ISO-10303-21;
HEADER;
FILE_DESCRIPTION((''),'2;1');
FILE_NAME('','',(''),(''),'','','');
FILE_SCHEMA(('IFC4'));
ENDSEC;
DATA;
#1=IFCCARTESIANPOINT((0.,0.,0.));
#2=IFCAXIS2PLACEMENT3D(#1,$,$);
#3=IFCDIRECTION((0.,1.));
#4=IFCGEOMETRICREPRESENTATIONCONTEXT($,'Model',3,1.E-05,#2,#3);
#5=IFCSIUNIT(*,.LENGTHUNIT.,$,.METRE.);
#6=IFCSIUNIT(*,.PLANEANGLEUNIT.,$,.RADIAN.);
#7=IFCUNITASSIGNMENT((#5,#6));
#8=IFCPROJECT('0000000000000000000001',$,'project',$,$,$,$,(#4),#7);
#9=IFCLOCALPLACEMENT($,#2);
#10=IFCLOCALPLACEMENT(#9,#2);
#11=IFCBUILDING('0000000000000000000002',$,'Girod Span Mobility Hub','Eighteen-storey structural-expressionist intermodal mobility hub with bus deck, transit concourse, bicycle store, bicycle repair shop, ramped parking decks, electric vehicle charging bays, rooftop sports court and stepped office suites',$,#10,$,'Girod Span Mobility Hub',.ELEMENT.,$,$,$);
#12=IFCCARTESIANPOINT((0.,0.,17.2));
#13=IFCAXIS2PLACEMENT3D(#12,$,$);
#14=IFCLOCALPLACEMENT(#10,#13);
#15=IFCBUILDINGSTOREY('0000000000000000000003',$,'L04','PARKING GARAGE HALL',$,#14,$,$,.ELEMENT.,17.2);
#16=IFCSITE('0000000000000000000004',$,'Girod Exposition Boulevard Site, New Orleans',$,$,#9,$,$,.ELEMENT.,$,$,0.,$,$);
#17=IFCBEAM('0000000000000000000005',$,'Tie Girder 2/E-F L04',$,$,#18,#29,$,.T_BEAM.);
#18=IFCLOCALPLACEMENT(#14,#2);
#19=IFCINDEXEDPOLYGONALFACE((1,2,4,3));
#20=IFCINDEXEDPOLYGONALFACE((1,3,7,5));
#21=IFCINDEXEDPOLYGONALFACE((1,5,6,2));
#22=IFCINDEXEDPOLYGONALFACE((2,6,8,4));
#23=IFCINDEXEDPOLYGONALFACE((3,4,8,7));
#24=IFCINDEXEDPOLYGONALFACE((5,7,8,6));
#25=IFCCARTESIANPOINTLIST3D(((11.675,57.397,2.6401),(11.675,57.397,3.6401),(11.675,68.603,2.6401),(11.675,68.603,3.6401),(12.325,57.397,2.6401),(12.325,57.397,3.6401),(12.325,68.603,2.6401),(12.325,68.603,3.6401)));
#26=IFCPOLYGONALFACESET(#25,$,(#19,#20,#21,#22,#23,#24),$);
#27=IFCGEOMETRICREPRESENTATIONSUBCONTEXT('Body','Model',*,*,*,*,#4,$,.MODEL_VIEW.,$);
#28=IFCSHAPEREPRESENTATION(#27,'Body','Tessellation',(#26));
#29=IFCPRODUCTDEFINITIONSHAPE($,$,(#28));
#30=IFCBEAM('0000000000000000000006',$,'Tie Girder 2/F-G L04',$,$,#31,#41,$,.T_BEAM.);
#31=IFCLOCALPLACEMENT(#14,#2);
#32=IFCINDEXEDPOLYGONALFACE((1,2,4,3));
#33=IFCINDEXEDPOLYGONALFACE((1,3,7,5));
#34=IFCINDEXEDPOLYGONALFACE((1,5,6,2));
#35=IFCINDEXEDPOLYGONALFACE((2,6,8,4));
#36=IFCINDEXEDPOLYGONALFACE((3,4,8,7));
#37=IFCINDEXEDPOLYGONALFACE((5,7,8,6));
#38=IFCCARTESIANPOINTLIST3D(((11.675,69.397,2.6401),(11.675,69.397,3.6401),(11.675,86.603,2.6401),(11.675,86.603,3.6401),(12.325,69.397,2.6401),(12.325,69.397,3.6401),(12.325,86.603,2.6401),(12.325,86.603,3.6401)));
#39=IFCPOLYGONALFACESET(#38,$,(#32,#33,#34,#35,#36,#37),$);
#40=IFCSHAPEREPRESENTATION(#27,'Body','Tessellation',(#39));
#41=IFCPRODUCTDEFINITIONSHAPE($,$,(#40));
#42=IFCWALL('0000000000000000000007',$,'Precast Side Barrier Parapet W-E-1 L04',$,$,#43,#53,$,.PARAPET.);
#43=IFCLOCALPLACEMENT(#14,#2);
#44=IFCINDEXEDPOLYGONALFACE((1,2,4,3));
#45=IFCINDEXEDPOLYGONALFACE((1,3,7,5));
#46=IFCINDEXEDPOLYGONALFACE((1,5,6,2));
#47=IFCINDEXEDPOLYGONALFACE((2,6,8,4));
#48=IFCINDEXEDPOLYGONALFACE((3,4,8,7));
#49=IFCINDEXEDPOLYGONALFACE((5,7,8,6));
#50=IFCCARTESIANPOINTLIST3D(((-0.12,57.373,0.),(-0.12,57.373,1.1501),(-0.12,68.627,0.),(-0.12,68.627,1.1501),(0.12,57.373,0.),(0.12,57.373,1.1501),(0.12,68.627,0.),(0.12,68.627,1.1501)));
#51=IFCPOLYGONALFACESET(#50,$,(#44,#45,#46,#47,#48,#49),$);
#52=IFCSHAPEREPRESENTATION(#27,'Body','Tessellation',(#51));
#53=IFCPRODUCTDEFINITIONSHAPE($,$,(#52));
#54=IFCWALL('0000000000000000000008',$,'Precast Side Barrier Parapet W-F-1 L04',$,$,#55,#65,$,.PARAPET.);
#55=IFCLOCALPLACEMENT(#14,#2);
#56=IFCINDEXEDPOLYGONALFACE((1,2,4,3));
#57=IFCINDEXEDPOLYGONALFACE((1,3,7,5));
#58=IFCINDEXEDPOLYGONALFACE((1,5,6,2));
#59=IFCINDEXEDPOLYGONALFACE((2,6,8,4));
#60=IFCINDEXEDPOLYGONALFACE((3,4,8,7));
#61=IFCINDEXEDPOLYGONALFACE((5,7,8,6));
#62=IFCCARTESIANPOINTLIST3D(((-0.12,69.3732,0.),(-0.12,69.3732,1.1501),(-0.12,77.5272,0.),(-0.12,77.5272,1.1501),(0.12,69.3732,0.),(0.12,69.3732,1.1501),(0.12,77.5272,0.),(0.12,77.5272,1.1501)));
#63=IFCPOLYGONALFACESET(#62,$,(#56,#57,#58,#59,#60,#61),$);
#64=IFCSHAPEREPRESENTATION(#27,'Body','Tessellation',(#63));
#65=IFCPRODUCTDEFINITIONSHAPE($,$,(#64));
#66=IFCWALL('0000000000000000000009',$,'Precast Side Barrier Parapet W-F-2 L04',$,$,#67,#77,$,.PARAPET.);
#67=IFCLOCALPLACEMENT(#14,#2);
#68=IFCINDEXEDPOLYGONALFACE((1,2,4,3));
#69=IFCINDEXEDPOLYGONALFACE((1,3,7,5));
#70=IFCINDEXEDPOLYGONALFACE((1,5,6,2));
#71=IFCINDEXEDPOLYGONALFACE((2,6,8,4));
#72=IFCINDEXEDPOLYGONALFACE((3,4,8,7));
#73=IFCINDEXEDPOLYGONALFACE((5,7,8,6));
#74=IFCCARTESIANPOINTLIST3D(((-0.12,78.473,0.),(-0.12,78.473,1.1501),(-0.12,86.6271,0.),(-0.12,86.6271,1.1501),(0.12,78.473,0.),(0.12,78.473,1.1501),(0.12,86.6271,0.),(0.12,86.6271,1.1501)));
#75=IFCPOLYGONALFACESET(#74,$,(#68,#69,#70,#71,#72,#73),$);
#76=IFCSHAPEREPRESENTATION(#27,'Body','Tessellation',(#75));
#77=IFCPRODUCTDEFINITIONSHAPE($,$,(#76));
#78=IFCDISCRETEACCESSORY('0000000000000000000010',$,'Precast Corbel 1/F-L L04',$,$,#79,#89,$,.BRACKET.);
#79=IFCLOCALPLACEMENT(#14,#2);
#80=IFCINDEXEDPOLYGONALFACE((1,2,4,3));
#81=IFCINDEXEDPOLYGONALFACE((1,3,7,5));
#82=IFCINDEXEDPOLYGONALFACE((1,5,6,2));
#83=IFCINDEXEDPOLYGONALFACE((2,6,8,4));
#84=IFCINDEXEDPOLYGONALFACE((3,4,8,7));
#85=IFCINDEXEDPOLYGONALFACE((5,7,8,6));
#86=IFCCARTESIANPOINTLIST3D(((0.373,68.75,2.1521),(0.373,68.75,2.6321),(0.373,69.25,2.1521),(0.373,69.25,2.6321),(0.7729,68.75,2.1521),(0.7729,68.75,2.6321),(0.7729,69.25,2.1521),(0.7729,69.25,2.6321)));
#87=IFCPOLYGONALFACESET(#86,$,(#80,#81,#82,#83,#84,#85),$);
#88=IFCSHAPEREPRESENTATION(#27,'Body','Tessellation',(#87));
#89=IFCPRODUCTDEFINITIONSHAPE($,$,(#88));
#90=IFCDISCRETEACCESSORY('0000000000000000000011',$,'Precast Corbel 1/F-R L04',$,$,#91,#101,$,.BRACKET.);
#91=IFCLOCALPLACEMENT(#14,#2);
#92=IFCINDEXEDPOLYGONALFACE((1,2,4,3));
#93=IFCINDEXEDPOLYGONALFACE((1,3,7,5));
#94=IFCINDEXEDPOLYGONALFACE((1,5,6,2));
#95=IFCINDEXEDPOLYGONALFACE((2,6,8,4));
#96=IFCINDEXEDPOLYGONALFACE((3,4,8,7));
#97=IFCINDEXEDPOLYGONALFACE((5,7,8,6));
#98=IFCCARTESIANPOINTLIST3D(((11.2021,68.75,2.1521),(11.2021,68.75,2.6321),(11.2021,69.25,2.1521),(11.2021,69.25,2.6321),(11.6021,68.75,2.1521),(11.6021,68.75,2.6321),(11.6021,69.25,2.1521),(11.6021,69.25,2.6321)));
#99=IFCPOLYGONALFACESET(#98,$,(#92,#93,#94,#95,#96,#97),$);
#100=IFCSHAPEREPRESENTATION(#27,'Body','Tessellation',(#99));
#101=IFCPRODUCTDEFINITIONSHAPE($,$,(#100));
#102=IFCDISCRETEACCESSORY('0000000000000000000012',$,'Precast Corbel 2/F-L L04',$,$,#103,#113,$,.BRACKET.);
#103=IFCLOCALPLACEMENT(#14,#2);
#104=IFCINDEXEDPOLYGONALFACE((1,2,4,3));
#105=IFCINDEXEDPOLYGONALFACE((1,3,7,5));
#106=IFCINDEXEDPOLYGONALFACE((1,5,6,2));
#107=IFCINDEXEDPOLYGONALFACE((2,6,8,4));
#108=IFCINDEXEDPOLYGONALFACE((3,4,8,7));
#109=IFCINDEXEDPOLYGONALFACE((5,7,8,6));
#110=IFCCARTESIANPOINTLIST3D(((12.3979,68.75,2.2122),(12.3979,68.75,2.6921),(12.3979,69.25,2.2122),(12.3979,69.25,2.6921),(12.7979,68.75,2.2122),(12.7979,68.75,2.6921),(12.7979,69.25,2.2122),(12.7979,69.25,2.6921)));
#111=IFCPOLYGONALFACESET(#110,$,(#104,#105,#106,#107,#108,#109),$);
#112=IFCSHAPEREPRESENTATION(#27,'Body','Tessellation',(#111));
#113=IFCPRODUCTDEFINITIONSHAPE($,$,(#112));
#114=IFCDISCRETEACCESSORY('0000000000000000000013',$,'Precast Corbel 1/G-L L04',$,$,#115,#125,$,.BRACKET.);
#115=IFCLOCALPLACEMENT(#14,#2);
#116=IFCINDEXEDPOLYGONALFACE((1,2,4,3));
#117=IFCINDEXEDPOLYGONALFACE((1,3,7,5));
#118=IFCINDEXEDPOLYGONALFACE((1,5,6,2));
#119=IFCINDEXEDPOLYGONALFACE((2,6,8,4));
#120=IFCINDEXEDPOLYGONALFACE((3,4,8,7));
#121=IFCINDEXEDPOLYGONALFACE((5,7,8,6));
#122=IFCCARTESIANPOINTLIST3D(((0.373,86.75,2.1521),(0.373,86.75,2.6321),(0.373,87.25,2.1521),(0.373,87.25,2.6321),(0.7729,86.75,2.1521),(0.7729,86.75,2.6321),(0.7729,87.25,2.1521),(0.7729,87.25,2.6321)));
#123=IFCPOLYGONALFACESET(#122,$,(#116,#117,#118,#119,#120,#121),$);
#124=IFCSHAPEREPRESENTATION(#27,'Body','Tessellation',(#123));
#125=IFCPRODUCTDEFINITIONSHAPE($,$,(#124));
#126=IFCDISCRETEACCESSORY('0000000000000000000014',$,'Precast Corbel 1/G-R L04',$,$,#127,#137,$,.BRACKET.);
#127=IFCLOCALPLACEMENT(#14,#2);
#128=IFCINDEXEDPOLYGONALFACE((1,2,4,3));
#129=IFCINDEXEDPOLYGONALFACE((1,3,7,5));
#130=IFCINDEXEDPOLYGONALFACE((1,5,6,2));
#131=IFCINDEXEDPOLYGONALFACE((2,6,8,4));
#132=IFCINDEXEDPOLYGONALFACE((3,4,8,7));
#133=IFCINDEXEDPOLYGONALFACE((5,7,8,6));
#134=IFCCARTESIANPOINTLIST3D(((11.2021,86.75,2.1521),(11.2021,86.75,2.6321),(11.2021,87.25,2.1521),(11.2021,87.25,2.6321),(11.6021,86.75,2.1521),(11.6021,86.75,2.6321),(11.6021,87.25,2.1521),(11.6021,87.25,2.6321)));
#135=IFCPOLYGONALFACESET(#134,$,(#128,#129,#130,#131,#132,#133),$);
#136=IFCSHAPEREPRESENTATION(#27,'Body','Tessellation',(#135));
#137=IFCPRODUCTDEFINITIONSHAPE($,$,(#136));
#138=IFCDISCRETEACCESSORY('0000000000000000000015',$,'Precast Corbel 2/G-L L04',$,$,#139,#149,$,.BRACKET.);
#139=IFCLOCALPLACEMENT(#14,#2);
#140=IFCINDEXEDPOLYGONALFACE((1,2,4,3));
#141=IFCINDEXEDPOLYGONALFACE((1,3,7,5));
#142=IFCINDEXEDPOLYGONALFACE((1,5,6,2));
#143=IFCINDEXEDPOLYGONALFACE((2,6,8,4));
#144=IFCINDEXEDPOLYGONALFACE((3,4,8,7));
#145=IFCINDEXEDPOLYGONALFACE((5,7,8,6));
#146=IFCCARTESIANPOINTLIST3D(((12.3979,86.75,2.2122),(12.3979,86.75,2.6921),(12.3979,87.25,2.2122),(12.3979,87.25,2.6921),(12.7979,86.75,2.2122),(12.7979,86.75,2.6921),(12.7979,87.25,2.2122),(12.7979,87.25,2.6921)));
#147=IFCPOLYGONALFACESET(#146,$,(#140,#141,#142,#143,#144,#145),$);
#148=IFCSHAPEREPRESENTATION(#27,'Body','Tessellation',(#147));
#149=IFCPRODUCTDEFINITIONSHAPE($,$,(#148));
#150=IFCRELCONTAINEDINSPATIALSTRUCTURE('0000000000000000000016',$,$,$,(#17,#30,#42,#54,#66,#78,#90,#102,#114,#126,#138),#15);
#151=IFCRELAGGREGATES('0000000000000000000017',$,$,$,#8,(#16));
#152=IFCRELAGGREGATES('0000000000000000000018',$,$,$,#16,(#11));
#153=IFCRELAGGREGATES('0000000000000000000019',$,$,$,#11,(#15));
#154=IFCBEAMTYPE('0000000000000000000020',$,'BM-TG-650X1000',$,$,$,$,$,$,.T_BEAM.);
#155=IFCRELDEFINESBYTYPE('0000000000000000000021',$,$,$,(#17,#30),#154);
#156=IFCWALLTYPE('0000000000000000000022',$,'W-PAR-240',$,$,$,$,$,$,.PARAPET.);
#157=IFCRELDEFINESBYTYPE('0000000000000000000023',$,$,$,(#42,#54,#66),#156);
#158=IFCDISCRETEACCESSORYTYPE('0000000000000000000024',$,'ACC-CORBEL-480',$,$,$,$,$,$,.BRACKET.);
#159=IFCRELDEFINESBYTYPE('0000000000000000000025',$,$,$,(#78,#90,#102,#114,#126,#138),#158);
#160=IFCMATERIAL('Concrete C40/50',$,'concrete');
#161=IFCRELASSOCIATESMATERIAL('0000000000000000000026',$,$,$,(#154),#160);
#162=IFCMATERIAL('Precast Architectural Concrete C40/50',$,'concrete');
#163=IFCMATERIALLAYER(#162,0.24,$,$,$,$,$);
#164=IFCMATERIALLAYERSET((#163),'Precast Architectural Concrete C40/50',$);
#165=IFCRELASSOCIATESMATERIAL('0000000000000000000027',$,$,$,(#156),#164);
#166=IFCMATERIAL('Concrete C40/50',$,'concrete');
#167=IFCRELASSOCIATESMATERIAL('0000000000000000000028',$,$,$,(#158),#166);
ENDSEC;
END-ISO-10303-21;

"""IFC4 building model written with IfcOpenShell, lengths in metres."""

from ifc_helpers import new_model, si_unit, direction, frame, frame_2d, origin, origin_2d, place, context, subcontext, project, spatial, rectangle, extrude, material, layer, layer_set, material_profile, profile_set, type_object, element, save


model = new_model("IFC4")

# Units and contexts
model_context = context("Model", 3, precision=1e-05, world=origin(), true_north=direction((0.0, 1.0)))
body_context = subcontext(model_context, "Body", "Model", "MODEL_VIEW")
ifc_project = project(units=[si_unit("LENGTHUNIT", "METRE"), si_unit("PLANEANGLEUNIT", "RADIAN")], contexts=[model_context])

# Site, building, storey
site_placement = place(None, origin())
site = spatial("IfcSite", under=ifc_project, at=site_placement, Name="Girod Exposition Boulevard Site, New Orleans", CompositionType="ELEMENT", RefElevation=0.0)
building_placement = place(site_placement, origin())
building = spatial("IfcBuilding", under=site, at=building_placement, Name="Girod Span Mobility Hub", Description="Eighteen-storey structural-expressionist intermodal mobility hub with bus deck, transit concourse, bicycle store, bicycle repair shop, ramped parking decks, electric vehicle charging bays, rooftop sports court and stepped office suites", LongName="Girod Span Mobility Hub", CompositionType="ELEMENT")
storey_placement = place(building_placement, frame((0.0, 0.0, 17.2)))
storey = spatial("IfcBuildingStorey", under=building, at=storey_placement, Name="L04", Description="PARKING GARAGE HALL", CompositionType="ELEMENT", Elevation=17.2)

# Beams
ifc_material_1 = material(Name="Concrete C40/50", Category="concrete")
ifc_material_profile_1 = material_profile(ifc_material_1, rectangle(XDim=0.6499, YDim=1.0, at=origin_2d()), Name="TG-650X1000")
ifc_profile_set_1 = profile_set([ifc_material_profile_1], Name="Concrete C40/50")
beam_type_1 = type_object("IfcBeamType", Name="BM-TG-650X1000", PredefinedType="T_BEAM", material=ifc_profile_set_1)
beam_1_placement = place(storey_placement, frame((12.0, 57.397, 3.1401), z_axis=(0.0, 1.0, 0.0), x_axis=(-1.0, 0.0, 0.0)))
element("IfcBeam", 1, at=beam_1_placement, inside=storey, type_object=beam_type_1, Name="Tie Girder 2/E-F L04", PredefinedType="T_BEAM", context=body_context, shape_type="SweptSolid", body=[
    extrude(rectangle(XDim=0.6499, YDim=1.0, at=origin_2d()), origin(), (0.0, 0.0, 1.0), 11.2061),
])
beam_2_placement = place(storey_placement, frame((12.0, 69.397, 3.1401), z_axis=(0.0, 1.0, 0.0), x_axis=(-1.0, 0.0, 0.0)))
element("IfcBeam", 2, at=beam_2_placement, inside=storey, type_object=beam_type_1, Name="Tie Girder 2/F-G L04", PredefinedType="T_BEAM", context=body_context, shape_type="SweptSolid", body=[
    extrude(rectangle(XDim=0.6499, YDim=1.0, at=origin_2d()), origin(), (0.0, 0.0, 1.0), 17.2061),
])

# Walls
ifc_material_2 = material(Name="Precast Architectural Concrete C40/50", Category="concrete")
ifc_layer = layer(ifc_material_2, 0.24)
ifc_layer_set = layer_set([ifc_layer], Name="Precast Architectural Concrete C40/50")
wall_type = type_object("IfcWallType", Name="W-PAR-240", PredefinedType="PARAPET", material=ifc_layer_set)
wall_placement = place(storey_placement, frame((0.0, 57.373, 0.0), z_axis=(0.0, 0.0, 1.0), x_axis=(0.0, 1.0, 0.0)))
element("IfcWall", 3, at=wall_placement, inside=storey, type_object=wall_type, Name="Precast Side Barrier Parapet W-E-1 L04", PredefinedType="PARAPET", context=body_context, shape_type="SweptSolid", body=[
    extrude(rectangle(XDim=11.2539, YDim=0.24, at=frame_2d((5.627, 0.0))), origin(), (0.0, 0.0, 1.0), 1.1501),
])
for number, where, z_axis, x_axis, name in (
    (4, (0.0, 69.373, 0.0), (0.0, 0.0, 1.0), (0.0, 1.0, 0.0), "Precast Side Barrier Parapet W-F-1 L04"),
    (5, (0.0, 78.4729, 0.0), (0.0, 0.0, 1.0), (0.0, 1.0, 0.0), "Precast Side Barrier Parapet W-F-2 L04"),
):
    element("IfcWall", number, at=place(storey_placement, frame(where, z_axis=z_axis, x_axis=x_axis)), inside=storey, type_object=wall_type, Name=name, PredefinedType="PARAPET", context=body_context, shape_type="SweptSolid", body=[
        extrude(rectangle(XDim=8.1541, YDim=0.24, at=frame_2d((4.0771, 0.0))), origin(), (0.0, 0.0, 1.0), 1.1501),
    ])

# Discrete accessories
ifc_material_3 = material(Name="Concrete C40/50", Category="concrete")
discrete_accessory_type = type_object("IfcDiscreteAccessoryType", Name="ACC-CORBEL-480", PredefinedType="BRACKET", material=ifc_material_3)
for number, where, z_axis, x_axis, name in (
    (6, (0.573, 69.0, 2.1521), (0.0, 0.0, 1.0), (1.0, 0.0, 0.0), "Precast Corbel 1/F-L L04"),
    (7, (11.4021, 69.0, 2.1521), (0.0, 0.0, 1.0), (1.0, 0.0, 0.0), "Precast Corbel 1/F-R L04"),
    (8, (12.5979, 69.0, 2.2122), (0.0, 0.0, 1.0), (1.0, 0.0, 0.0), "Precast Corbel 2/F-L L04"),
    (9, (0.573, 87.0, 2.1521), (0.0, 0.0, 1.0), (1.0, 0.0, 0.0), "Precast Corbel 1/G-L L04"),
    (10, (11.4021, 87.0, 2.1521), (0.0, 0.0, 1.0), (1.0, 0.0, 0.0), "Precast Corbel 1/G-R L04"),
    (11, (12.5979, 87.0, 2.2122), (0.0, 0.0, 1.0), (1.0, 0.0, 0.0), "Precast Corbel 2/G-L L04"),
):
    element("IfcDiscreteAccessory", number, at=place(storey_placement, frame(where, z_axis=z_axis, x_axis=x_axis)), inside=storey, type_object=discrete_accessory_type, Name=name, PredefinedType="BRACKET", context=body_context, shape_type="SweptSolid", body=[
        extrude(rectangle(XDim=0.3999, YDim=0.5, at=origin_2d()), origin(), (0.0, 0.0, 1.0), 0.48),
    ])

save(model, "model.ifc")
